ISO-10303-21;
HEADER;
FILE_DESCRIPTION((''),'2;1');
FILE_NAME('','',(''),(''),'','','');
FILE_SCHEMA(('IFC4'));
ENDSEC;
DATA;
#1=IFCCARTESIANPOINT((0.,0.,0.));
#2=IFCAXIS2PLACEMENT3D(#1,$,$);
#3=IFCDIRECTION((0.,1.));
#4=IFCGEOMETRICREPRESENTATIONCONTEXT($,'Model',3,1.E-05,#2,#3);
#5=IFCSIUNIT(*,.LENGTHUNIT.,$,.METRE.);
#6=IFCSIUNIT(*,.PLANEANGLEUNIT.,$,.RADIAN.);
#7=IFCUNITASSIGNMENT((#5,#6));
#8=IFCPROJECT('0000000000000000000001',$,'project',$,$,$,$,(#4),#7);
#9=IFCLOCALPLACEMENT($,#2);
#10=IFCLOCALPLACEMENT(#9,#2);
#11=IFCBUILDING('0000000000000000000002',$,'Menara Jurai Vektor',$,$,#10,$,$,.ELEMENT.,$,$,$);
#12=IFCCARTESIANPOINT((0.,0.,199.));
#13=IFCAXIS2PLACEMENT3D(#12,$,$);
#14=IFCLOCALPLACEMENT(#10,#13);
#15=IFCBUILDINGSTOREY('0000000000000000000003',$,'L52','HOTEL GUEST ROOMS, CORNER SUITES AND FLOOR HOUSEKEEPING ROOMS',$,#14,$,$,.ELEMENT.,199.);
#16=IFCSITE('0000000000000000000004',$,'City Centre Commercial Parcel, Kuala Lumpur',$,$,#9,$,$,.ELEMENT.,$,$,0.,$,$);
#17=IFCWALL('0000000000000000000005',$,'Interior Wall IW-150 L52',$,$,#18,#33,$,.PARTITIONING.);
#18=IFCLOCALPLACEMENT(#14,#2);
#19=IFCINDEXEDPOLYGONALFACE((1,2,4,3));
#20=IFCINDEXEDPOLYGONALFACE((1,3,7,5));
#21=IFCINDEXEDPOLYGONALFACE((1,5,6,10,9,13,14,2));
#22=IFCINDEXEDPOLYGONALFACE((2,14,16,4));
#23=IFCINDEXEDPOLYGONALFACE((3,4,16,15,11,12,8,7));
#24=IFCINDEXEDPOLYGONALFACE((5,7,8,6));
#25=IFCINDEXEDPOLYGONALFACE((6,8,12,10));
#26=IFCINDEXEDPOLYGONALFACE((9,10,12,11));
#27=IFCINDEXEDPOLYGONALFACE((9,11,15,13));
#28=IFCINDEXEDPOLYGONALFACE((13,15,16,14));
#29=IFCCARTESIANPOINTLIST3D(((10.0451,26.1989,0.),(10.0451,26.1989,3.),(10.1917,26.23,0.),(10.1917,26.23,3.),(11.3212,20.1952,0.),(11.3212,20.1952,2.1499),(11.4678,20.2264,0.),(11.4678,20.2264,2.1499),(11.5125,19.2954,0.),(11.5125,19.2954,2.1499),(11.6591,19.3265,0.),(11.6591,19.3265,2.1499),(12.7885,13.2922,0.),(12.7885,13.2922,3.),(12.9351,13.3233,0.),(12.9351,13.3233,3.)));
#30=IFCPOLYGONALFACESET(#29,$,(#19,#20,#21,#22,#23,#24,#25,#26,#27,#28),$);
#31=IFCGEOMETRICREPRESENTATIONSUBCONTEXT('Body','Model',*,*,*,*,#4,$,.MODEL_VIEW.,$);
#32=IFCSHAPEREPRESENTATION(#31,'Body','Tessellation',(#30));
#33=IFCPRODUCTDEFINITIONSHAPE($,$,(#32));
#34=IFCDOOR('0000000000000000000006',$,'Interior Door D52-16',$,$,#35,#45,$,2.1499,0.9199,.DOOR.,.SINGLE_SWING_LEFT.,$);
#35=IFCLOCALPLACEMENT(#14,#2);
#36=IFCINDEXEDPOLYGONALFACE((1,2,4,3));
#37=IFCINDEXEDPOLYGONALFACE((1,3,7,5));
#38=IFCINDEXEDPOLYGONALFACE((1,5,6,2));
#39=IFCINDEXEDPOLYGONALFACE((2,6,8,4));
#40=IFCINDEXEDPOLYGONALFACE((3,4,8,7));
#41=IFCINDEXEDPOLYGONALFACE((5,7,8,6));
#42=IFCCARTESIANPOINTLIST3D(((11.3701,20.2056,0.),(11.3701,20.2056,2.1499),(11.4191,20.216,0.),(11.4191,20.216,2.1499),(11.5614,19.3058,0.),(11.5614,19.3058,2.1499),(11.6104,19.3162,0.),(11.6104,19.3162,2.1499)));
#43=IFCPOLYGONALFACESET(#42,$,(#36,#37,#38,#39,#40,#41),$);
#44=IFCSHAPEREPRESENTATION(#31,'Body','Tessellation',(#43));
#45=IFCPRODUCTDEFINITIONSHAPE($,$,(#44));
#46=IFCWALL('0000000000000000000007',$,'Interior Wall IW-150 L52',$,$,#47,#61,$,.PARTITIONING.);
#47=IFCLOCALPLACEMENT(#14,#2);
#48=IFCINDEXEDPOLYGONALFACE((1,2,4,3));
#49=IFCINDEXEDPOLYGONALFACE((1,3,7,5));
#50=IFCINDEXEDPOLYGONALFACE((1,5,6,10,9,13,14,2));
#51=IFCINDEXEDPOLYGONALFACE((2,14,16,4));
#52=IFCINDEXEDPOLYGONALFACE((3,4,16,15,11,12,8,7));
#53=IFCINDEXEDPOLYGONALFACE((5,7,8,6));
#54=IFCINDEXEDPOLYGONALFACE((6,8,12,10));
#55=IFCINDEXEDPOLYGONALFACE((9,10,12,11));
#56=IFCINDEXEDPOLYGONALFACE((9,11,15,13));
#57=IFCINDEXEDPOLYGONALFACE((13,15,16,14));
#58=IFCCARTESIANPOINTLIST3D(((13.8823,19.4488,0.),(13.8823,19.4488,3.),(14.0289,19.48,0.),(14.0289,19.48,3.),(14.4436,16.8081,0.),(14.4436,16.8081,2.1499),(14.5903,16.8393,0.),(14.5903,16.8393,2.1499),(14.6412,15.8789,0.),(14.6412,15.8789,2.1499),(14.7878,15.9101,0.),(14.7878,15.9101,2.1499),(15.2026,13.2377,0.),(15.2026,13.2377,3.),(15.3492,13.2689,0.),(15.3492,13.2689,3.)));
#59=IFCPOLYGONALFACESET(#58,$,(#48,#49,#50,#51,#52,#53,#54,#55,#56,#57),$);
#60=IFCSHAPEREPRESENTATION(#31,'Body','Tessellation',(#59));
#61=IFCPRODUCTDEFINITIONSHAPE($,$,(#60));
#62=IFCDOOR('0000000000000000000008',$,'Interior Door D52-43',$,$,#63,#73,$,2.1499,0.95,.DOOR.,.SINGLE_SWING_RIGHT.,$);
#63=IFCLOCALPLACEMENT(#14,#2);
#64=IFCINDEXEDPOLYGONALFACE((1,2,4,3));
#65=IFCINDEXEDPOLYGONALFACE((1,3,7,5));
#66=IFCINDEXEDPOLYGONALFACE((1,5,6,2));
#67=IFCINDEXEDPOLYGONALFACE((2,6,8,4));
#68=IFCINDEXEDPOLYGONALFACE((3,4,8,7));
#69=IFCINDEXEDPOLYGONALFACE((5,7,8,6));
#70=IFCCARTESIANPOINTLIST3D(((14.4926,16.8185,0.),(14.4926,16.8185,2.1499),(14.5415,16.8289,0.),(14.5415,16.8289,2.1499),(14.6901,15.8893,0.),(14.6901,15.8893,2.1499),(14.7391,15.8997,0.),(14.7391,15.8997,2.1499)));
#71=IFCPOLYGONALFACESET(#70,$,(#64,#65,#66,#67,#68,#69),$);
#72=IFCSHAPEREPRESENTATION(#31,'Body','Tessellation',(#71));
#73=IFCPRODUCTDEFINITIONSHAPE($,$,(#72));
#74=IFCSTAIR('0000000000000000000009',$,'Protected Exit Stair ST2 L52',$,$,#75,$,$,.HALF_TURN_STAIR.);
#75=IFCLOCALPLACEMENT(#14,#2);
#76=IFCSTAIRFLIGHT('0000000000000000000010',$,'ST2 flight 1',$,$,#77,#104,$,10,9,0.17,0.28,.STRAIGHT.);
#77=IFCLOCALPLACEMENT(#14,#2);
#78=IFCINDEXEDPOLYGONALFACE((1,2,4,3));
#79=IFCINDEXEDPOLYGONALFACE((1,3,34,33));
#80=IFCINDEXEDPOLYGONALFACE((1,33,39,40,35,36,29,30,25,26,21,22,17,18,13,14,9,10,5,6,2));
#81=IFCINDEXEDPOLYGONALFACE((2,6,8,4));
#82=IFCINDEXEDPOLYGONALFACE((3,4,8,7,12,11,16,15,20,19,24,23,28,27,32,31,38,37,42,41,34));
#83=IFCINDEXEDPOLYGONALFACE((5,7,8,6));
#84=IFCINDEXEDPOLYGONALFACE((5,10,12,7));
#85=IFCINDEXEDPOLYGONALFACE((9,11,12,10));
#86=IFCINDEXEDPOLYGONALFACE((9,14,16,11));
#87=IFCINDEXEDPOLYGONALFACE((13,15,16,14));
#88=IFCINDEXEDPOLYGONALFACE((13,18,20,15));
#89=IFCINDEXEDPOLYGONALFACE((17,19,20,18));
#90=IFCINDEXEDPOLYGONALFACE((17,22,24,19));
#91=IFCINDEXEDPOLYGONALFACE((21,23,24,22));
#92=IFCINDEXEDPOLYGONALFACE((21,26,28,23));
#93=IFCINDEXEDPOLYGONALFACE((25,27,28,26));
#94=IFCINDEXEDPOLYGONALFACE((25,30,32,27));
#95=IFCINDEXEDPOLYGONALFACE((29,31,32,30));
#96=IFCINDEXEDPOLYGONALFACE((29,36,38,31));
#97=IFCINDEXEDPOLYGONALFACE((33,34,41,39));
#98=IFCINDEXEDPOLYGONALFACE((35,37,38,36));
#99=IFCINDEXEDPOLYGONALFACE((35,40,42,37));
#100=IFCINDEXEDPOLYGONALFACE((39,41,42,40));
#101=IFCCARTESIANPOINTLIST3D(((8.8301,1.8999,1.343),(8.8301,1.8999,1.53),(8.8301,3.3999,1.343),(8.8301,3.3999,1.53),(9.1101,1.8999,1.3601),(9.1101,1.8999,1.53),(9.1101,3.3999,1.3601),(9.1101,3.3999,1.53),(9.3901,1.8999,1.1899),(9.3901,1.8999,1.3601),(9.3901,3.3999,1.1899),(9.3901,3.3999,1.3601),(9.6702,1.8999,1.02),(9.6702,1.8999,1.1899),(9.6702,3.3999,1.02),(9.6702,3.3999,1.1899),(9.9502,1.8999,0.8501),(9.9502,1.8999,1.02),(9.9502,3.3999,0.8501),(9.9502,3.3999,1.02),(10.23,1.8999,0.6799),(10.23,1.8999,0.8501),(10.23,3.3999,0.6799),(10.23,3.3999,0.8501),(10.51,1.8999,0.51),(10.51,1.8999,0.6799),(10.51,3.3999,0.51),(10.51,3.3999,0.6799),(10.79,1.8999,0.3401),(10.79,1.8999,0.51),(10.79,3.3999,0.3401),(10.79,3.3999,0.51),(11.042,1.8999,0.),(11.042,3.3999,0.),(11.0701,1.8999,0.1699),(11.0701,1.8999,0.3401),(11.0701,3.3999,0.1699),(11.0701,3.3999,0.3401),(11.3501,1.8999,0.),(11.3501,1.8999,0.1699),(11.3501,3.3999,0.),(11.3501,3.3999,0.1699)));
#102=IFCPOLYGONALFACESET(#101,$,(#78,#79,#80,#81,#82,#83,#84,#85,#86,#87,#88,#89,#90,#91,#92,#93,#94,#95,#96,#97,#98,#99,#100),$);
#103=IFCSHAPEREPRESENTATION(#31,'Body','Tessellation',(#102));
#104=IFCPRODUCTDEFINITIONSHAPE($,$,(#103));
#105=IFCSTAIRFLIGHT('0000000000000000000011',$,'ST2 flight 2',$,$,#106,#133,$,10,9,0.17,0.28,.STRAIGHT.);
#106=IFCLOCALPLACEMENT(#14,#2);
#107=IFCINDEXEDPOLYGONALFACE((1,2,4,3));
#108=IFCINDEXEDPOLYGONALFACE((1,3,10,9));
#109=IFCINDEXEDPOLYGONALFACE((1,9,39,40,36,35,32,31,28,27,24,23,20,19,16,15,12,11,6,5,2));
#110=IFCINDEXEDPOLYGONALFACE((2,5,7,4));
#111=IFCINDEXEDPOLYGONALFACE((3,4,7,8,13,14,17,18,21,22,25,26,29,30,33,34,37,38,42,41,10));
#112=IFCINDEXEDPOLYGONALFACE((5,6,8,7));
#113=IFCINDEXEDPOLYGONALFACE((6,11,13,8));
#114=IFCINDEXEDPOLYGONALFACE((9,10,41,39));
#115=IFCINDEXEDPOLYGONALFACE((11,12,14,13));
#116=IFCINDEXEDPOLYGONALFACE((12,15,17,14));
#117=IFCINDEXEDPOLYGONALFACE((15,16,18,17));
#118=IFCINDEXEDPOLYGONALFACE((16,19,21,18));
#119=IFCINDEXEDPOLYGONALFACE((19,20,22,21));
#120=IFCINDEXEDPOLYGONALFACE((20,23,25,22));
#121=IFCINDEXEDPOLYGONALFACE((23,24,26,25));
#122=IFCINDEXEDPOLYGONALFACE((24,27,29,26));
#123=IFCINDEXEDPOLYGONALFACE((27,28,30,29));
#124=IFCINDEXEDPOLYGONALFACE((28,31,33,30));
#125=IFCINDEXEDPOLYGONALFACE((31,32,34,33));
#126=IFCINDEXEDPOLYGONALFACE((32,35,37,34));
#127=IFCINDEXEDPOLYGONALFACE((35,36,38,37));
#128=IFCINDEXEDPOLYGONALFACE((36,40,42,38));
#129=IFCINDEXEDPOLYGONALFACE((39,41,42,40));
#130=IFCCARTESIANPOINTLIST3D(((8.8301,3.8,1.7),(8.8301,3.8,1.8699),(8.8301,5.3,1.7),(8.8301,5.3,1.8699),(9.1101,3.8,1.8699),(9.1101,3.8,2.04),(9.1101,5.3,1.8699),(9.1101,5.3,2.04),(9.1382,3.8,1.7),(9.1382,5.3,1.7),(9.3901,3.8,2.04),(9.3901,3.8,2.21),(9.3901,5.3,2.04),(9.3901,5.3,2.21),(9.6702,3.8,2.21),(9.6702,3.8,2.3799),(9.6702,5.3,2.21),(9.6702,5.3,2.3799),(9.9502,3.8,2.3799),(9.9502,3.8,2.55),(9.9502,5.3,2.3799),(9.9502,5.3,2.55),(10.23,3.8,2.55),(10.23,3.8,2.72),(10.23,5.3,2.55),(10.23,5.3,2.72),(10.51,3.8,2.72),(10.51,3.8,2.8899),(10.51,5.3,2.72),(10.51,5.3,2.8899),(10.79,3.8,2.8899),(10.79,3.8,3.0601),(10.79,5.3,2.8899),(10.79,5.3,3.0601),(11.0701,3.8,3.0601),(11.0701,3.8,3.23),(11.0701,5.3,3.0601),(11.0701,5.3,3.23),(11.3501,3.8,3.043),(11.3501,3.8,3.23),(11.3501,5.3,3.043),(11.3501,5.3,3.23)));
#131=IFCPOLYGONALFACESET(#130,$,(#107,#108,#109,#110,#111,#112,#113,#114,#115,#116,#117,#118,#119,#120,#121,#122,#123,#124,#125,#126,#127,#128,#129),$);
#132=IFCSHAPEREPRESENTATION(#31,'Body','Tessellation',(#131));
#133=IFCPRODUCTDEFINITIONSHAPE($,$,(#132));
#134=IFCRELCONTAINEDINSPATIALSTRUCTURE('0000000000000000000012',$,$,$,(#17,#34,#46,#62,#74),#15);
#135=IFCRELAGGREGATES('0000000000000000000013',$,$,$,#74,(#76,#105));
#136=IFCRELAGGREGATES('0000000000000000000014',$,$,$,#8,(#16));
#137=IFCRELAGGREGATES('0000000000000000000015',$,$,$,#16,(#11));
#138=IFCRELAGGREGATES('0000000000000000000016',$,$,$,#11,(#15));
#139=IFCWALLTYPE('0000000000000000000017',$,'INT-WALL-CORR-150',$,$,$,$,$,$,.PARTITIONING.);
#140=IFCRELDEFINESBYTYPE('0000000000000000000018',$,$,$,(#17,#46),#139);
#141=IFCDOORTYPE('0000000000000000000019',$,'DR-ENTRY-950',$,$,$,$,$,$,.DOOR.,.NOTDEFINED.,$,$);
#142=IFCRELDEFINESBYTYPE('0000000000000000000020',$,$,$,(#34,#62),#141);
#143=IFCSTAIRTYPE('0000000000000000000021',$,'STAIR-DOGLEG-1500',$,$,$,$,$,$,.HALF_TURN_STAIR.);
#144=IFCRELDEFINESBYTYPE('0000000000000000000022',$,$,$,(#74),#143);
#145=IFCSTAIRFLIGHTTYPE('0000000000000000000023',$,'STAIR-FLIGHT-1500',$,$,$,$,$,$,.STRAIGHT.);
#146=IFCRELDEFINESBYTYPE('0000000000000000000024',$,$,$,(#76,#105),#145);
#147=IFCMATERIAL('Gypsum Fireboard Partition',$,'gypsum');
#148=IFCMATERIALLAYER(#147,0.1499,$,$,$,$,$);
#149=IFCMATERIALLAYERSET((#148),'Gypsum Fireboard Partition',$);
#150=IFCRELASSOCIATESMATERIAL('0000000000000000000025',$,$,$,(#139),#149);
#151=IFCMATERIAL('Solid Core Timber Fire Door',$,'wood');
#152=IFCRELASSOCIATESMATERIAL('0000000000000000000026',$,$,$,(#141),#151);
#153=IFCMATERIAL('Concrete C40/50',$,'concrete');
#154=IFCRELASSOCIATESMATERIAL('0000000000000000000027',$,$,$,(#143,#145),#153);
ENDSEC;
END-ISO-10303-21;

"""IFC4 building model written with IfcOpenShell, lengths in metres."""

from ifc_helpers import new_model, si_unit, direction, frame, frame_2d, origin, place, context, subcontext, project, spatial, polyline, rectangle, outline, extrude, material, layer, layer_set, type_object, element, fill, aggregate, save


model = new_model("IFC4")

# Units and contexts
model_context = context("Model", 3, precision=1e-05, world=origin(), true_north=direction((0.0, 1.0)))
body_context = subcontext(model_context, "Body", "Model", "MODEL_VIEW")
ifc_project = project(units=[si_unit("LENGTHUNIT", "METRE"), si_unit("PLANEANGLEUNIT", "RADIAN")], contexts=[model_context])

# Site, building, storey
site_placement = place(None, origin())
site = spatial("IfcSite", under=ifc_project, at=site_placement, Name="City Centre Commercial Parcel, Kuala Lumpur", CompositionType="ELEMENT", RefElevation=0.0)
building_placement = place(site_placement, origin())
building = spatial("IfcBuilding", under=site, at=building_placement, Name="Menara Jurai Vektor", CompositionType="ELEMENT")
storey_placement = place(building_placement, frame((0.0, 0.0, 199.0)))
storey = spatial("IfcBuildingStorey", under=building, at=storey_placement, Name="L52", Description="HOTEL GUEST ROOMS, CORNER SUITES AND FLOOR HOUSEKEEPING ROOMS", CompositionType="ELEMENT", Elevation=199.0)

# Shared definitions
ifc_material_1 = material(Name="Concrete C40/50", Category="concrete")

# Shared definitions
ifc_material_2 = material(Name="Gypsum Fireboard Partition", Category="gypsum")
ifc_layer_1 = layer(ifc_material_2, 0.1499)
ifc_layer_set_1 = layer_set([ifc_layer_1], Name="Gypsum Fireboard Partition")
wall_type_1 = type_object("IfcWallType", Name="INT-WALL-CORR-150", PredefinedType="PARTITIONING", material=ifc_layer_set_1)

# Walls, openings, doors
wall_1_placement = place(storey_placement, frame((12.8618, 13.3076, 0.0), z_axis=(0.0, 0.0, 1.0), x_axis=(-0.207911, 0.978148, 0.0)))
wall_1 = element("IfcWall", 1, at=wall_1_placement, inside=storey, type_object=wall_type_1, Name="Interior Wall IW-150 L52", PredefinedType="PARTITIONING", context=body_context, shape_type="SweptSolid", body=[
    extrude(rectangle(XDim=13.1951, YDim=0.1499, at=frame_2d((6.5977, 0.0))), origin(), (0.0, 0.0, 1.0), 3.0),
])
opening_1_placement = place(wall_1_placement, frame((6.1375, 0.0, 0.0)))
opening_1 = element("IfcOpeningElement", 2, at=opening_1_placement, cuts=wall_1, PredefinedType="OPENING", context=body_context, shape_type="SweptSolid", body=[
    extrude(rectangle(XDim=0.9199, YDim=2.1499, at=frame_2d((0.46, 1.075))), frame((0.0, 0.085, 0.0), z_axis=(0.0, -1.0, 0.0), x_axis=(1.0, 0.0, 0.0)), (0.0, 0.0, 1.0), 0.1699),
])
ifc_material_3 = material(Name="Solid Core Timber Fire Door", Category="wood")
door_type_1 = type_object("IfcDoorType", Name="DR-ENTRY-950", OperationType="NOTDEFINED", PredefinedType="DOOR", material=ifc_material_3)
door_1_placement = place(opening_1_placement, origin())
door_1 = element("IfcDoor", 3, at=door_1_placement, inside=storey, type_object=door_type_1, Name="Interior Door D52-16", OperationType="SINGLE_SWING_LEFT", OverallHeight=2.1499, OverallWidth=0.9199, PredefinedType="DOOR", context=body_context, shape_type="SweptSolid", body=[
    extrude(rectangle(XDim=0.9199, YDim=2.1499, at=frame_2d((0.46, 1.075))), frame((0.0, 0.0249, 0.0), z_axis=(0.0, -1.0, 0.0), x_axis=(1.0, 0.0, 0.0)), (0.0, 0.0, 1.0), 0.05),
])
fill(opening_1, door_1)
wall_2_placement = place(storey_placement, frame((15.2759, 13.2534, 0.0), z_axis=(0.0, 0.0, 1.0), x_axis=(-0.207925, 0.978145, 0.0)))
wall_2 = element("IfcWall", 4, at=wall_2_placement, inside=storey, type_object=wall_type_1, Name="Interior Wall IW-150 L52", PredefinedType="PARTITIONING", context=body_context, shape_type="SweptSolid", body=[
    extrude(rectangle(XDim=6.3499, YDim=0.1499, at=frame_2d((3.1748, 0.0))), origin(), (0.0, 0.0, 1.0), 3.0),
])
opening_2_placement = place(wall_2_placement, frame((2.7, 0.0, 0.0)))
opening_2 = element("IfcOpeningElement", 5, at=opening_2_placement, cuts=wall_2, PredefinedType="OPENING", context=body_context, shape_type="SweptSolid", body=[
    extrude(rectangle(XDim=0.95, YDim=2.1499, at=frame_2d((0.4751, 1.075))), frame((0.0, 0.085, 0.0), z_axis=(0.0, -1.0, 0.0), x_axis=(1.0, 0.0, 0.0)), (0.0, 0.0, 1.0), 0.1699),
])
door_2_placement = place(opening_2_placement, origin())
door_2 = element("IfcDoor", 6, at=door_2_placement, inside=storey, type_object=door_type_1, Name="Interior Door D52-43", OperationType="SINGLE_SWING_RIGHT", OverallHeight=2.1499, OverallWidth=0.95, PredefinedType="DOOR", context=body_context, shape_type="SweptSolid", body=[
    extrude(rectangle(XDim=0.95, YDim=2.1499, at=frame_2d((0.4751, 1.075))), frame((0.0, 0.0249, 0.0), z_axis=(0.0, -1.0, 0.0), x_axis=(1.0, 0.0, 0.0)), (0.0, 0.0, 1.0), 0.05),
])
fill(opening_2, door_2)

# Stair, stair flights
stair_type = type_object("IfcStairType", Name="STAIR-DOGLEG-1500", PredefinedType="HALF_TURN_STAIR", material=ifc_material_1)
stair_placement = place(storey_placement, origin())
stair = element("IfcStair", 7, at=stair_placement, inside=storey, type_object=stair_type, Name="Protected Exit Stair ST2 L52", PredefinedType="HALF_TURN_STAIR")
stair_flight_type = type_object("IfcStairFlightType", Name="STAIR-FLIGHT-1500", PredefinedType="STRAIGHT", material=ifc_material_1)
stair_flight_1_placement = place(storey_placement, frame((11.3501, 2.6499, 0.0), z_axis=(0.0, 0.0, 1.0), x_axis=(-1.0, 0.0, 0.0)))
stair_flight_1 = element("IfcStairFlight", 8, at=stair_flight_1_placement, type_object=stair_flight_type, Name="ST2 flight 1", NumberOfRisers=10, NumberOfTreads=9, PredefinedType="STRAIGHT", RiserHeight=0.17, TreadLength=0.28, context=body_context, shape_type="SweptSolid", body=[
    extrude(outline(polyline([(0.0, 0.0), (0.0, 0.1699), (0.28, 0.1699), (0.28, 0.3401), (0.5601, 0.3401), (0.5601, 0.51), (0.8401, 0.51), (0.8401, 0.6799), (1.1201, 0.6799), (1.1201, 0.8501), (1.3999, 0.8501), (1.3999, 1.02), (1.6799, 1.02), (1.6799, 1.1899), (1.96, 1.1899), (1.96, 1.3601), (2.24, 1.3601), (2.24, 1.53), (2.52, 1.53), (2.52, 1.7), (2.52, 1.343), (0.3081, 0.0), (0.0, 0.0)])), frame((0.0, 0.75, 0.0), z_axis=(0.0, -1.0, 0.0), x_axis=(1.0, 0.0, 0.0)), (0.0, 0.0, 1.0), 1.5),
])
stair_flight_2_placement = place(storey_placement, frame((8.8301, 4.55, 1.7), z_axis=(0.0, 0.0, 1.0), x_axis=(1.0, 0.0, 0.0)))
stair_flight_2 = element("IfcStairFlight", 9, at=stair_flight_2_placement, type_object=stair_flight_type, Name="ST2 flight 2", NumberOfRisers=10, NumberOfTreads=9, PredefinedType="STRAIGHT", RiserHeight=0.17, TreadLength=0.28, context=body_context, shape_type="SweptSolid", body=[
    extrude(outline(polyline([(0.0, 0.0), (0.0, 0.1699), (0.28, 0.1699), (0.28, 0.3401), (0.5601, 0.3401), (0.5601, 0.51), (0.8401, 0.51), (0.8401, 0.6799), (1.1201, 0.6799), (1.1201, 0.8501), (1.3999, 0.8501), (1.3999, 1.02), (1.6799, 1.02), (1.6799, 1.1899), (1.96, 1.1899), (1.96, 1.3601), (2.24, 1.3601), (2.24, 1.53), (2.52, 1.53), (2.52, 1.7), (2.52, 1.343), (0.3081, 0.0), (0.0, 0.0)])), frame((0.0, 0.75, 0.0), z_axis=(0.0, -1.0, 0.0), x_axis=(1.0, 0.0, 0.0)), (0.0, 0.0, 1.0), 1.5),
])
aggregate(stair, [stair_flight_1, stair_flight_2])

save(model, "model.ifc")
